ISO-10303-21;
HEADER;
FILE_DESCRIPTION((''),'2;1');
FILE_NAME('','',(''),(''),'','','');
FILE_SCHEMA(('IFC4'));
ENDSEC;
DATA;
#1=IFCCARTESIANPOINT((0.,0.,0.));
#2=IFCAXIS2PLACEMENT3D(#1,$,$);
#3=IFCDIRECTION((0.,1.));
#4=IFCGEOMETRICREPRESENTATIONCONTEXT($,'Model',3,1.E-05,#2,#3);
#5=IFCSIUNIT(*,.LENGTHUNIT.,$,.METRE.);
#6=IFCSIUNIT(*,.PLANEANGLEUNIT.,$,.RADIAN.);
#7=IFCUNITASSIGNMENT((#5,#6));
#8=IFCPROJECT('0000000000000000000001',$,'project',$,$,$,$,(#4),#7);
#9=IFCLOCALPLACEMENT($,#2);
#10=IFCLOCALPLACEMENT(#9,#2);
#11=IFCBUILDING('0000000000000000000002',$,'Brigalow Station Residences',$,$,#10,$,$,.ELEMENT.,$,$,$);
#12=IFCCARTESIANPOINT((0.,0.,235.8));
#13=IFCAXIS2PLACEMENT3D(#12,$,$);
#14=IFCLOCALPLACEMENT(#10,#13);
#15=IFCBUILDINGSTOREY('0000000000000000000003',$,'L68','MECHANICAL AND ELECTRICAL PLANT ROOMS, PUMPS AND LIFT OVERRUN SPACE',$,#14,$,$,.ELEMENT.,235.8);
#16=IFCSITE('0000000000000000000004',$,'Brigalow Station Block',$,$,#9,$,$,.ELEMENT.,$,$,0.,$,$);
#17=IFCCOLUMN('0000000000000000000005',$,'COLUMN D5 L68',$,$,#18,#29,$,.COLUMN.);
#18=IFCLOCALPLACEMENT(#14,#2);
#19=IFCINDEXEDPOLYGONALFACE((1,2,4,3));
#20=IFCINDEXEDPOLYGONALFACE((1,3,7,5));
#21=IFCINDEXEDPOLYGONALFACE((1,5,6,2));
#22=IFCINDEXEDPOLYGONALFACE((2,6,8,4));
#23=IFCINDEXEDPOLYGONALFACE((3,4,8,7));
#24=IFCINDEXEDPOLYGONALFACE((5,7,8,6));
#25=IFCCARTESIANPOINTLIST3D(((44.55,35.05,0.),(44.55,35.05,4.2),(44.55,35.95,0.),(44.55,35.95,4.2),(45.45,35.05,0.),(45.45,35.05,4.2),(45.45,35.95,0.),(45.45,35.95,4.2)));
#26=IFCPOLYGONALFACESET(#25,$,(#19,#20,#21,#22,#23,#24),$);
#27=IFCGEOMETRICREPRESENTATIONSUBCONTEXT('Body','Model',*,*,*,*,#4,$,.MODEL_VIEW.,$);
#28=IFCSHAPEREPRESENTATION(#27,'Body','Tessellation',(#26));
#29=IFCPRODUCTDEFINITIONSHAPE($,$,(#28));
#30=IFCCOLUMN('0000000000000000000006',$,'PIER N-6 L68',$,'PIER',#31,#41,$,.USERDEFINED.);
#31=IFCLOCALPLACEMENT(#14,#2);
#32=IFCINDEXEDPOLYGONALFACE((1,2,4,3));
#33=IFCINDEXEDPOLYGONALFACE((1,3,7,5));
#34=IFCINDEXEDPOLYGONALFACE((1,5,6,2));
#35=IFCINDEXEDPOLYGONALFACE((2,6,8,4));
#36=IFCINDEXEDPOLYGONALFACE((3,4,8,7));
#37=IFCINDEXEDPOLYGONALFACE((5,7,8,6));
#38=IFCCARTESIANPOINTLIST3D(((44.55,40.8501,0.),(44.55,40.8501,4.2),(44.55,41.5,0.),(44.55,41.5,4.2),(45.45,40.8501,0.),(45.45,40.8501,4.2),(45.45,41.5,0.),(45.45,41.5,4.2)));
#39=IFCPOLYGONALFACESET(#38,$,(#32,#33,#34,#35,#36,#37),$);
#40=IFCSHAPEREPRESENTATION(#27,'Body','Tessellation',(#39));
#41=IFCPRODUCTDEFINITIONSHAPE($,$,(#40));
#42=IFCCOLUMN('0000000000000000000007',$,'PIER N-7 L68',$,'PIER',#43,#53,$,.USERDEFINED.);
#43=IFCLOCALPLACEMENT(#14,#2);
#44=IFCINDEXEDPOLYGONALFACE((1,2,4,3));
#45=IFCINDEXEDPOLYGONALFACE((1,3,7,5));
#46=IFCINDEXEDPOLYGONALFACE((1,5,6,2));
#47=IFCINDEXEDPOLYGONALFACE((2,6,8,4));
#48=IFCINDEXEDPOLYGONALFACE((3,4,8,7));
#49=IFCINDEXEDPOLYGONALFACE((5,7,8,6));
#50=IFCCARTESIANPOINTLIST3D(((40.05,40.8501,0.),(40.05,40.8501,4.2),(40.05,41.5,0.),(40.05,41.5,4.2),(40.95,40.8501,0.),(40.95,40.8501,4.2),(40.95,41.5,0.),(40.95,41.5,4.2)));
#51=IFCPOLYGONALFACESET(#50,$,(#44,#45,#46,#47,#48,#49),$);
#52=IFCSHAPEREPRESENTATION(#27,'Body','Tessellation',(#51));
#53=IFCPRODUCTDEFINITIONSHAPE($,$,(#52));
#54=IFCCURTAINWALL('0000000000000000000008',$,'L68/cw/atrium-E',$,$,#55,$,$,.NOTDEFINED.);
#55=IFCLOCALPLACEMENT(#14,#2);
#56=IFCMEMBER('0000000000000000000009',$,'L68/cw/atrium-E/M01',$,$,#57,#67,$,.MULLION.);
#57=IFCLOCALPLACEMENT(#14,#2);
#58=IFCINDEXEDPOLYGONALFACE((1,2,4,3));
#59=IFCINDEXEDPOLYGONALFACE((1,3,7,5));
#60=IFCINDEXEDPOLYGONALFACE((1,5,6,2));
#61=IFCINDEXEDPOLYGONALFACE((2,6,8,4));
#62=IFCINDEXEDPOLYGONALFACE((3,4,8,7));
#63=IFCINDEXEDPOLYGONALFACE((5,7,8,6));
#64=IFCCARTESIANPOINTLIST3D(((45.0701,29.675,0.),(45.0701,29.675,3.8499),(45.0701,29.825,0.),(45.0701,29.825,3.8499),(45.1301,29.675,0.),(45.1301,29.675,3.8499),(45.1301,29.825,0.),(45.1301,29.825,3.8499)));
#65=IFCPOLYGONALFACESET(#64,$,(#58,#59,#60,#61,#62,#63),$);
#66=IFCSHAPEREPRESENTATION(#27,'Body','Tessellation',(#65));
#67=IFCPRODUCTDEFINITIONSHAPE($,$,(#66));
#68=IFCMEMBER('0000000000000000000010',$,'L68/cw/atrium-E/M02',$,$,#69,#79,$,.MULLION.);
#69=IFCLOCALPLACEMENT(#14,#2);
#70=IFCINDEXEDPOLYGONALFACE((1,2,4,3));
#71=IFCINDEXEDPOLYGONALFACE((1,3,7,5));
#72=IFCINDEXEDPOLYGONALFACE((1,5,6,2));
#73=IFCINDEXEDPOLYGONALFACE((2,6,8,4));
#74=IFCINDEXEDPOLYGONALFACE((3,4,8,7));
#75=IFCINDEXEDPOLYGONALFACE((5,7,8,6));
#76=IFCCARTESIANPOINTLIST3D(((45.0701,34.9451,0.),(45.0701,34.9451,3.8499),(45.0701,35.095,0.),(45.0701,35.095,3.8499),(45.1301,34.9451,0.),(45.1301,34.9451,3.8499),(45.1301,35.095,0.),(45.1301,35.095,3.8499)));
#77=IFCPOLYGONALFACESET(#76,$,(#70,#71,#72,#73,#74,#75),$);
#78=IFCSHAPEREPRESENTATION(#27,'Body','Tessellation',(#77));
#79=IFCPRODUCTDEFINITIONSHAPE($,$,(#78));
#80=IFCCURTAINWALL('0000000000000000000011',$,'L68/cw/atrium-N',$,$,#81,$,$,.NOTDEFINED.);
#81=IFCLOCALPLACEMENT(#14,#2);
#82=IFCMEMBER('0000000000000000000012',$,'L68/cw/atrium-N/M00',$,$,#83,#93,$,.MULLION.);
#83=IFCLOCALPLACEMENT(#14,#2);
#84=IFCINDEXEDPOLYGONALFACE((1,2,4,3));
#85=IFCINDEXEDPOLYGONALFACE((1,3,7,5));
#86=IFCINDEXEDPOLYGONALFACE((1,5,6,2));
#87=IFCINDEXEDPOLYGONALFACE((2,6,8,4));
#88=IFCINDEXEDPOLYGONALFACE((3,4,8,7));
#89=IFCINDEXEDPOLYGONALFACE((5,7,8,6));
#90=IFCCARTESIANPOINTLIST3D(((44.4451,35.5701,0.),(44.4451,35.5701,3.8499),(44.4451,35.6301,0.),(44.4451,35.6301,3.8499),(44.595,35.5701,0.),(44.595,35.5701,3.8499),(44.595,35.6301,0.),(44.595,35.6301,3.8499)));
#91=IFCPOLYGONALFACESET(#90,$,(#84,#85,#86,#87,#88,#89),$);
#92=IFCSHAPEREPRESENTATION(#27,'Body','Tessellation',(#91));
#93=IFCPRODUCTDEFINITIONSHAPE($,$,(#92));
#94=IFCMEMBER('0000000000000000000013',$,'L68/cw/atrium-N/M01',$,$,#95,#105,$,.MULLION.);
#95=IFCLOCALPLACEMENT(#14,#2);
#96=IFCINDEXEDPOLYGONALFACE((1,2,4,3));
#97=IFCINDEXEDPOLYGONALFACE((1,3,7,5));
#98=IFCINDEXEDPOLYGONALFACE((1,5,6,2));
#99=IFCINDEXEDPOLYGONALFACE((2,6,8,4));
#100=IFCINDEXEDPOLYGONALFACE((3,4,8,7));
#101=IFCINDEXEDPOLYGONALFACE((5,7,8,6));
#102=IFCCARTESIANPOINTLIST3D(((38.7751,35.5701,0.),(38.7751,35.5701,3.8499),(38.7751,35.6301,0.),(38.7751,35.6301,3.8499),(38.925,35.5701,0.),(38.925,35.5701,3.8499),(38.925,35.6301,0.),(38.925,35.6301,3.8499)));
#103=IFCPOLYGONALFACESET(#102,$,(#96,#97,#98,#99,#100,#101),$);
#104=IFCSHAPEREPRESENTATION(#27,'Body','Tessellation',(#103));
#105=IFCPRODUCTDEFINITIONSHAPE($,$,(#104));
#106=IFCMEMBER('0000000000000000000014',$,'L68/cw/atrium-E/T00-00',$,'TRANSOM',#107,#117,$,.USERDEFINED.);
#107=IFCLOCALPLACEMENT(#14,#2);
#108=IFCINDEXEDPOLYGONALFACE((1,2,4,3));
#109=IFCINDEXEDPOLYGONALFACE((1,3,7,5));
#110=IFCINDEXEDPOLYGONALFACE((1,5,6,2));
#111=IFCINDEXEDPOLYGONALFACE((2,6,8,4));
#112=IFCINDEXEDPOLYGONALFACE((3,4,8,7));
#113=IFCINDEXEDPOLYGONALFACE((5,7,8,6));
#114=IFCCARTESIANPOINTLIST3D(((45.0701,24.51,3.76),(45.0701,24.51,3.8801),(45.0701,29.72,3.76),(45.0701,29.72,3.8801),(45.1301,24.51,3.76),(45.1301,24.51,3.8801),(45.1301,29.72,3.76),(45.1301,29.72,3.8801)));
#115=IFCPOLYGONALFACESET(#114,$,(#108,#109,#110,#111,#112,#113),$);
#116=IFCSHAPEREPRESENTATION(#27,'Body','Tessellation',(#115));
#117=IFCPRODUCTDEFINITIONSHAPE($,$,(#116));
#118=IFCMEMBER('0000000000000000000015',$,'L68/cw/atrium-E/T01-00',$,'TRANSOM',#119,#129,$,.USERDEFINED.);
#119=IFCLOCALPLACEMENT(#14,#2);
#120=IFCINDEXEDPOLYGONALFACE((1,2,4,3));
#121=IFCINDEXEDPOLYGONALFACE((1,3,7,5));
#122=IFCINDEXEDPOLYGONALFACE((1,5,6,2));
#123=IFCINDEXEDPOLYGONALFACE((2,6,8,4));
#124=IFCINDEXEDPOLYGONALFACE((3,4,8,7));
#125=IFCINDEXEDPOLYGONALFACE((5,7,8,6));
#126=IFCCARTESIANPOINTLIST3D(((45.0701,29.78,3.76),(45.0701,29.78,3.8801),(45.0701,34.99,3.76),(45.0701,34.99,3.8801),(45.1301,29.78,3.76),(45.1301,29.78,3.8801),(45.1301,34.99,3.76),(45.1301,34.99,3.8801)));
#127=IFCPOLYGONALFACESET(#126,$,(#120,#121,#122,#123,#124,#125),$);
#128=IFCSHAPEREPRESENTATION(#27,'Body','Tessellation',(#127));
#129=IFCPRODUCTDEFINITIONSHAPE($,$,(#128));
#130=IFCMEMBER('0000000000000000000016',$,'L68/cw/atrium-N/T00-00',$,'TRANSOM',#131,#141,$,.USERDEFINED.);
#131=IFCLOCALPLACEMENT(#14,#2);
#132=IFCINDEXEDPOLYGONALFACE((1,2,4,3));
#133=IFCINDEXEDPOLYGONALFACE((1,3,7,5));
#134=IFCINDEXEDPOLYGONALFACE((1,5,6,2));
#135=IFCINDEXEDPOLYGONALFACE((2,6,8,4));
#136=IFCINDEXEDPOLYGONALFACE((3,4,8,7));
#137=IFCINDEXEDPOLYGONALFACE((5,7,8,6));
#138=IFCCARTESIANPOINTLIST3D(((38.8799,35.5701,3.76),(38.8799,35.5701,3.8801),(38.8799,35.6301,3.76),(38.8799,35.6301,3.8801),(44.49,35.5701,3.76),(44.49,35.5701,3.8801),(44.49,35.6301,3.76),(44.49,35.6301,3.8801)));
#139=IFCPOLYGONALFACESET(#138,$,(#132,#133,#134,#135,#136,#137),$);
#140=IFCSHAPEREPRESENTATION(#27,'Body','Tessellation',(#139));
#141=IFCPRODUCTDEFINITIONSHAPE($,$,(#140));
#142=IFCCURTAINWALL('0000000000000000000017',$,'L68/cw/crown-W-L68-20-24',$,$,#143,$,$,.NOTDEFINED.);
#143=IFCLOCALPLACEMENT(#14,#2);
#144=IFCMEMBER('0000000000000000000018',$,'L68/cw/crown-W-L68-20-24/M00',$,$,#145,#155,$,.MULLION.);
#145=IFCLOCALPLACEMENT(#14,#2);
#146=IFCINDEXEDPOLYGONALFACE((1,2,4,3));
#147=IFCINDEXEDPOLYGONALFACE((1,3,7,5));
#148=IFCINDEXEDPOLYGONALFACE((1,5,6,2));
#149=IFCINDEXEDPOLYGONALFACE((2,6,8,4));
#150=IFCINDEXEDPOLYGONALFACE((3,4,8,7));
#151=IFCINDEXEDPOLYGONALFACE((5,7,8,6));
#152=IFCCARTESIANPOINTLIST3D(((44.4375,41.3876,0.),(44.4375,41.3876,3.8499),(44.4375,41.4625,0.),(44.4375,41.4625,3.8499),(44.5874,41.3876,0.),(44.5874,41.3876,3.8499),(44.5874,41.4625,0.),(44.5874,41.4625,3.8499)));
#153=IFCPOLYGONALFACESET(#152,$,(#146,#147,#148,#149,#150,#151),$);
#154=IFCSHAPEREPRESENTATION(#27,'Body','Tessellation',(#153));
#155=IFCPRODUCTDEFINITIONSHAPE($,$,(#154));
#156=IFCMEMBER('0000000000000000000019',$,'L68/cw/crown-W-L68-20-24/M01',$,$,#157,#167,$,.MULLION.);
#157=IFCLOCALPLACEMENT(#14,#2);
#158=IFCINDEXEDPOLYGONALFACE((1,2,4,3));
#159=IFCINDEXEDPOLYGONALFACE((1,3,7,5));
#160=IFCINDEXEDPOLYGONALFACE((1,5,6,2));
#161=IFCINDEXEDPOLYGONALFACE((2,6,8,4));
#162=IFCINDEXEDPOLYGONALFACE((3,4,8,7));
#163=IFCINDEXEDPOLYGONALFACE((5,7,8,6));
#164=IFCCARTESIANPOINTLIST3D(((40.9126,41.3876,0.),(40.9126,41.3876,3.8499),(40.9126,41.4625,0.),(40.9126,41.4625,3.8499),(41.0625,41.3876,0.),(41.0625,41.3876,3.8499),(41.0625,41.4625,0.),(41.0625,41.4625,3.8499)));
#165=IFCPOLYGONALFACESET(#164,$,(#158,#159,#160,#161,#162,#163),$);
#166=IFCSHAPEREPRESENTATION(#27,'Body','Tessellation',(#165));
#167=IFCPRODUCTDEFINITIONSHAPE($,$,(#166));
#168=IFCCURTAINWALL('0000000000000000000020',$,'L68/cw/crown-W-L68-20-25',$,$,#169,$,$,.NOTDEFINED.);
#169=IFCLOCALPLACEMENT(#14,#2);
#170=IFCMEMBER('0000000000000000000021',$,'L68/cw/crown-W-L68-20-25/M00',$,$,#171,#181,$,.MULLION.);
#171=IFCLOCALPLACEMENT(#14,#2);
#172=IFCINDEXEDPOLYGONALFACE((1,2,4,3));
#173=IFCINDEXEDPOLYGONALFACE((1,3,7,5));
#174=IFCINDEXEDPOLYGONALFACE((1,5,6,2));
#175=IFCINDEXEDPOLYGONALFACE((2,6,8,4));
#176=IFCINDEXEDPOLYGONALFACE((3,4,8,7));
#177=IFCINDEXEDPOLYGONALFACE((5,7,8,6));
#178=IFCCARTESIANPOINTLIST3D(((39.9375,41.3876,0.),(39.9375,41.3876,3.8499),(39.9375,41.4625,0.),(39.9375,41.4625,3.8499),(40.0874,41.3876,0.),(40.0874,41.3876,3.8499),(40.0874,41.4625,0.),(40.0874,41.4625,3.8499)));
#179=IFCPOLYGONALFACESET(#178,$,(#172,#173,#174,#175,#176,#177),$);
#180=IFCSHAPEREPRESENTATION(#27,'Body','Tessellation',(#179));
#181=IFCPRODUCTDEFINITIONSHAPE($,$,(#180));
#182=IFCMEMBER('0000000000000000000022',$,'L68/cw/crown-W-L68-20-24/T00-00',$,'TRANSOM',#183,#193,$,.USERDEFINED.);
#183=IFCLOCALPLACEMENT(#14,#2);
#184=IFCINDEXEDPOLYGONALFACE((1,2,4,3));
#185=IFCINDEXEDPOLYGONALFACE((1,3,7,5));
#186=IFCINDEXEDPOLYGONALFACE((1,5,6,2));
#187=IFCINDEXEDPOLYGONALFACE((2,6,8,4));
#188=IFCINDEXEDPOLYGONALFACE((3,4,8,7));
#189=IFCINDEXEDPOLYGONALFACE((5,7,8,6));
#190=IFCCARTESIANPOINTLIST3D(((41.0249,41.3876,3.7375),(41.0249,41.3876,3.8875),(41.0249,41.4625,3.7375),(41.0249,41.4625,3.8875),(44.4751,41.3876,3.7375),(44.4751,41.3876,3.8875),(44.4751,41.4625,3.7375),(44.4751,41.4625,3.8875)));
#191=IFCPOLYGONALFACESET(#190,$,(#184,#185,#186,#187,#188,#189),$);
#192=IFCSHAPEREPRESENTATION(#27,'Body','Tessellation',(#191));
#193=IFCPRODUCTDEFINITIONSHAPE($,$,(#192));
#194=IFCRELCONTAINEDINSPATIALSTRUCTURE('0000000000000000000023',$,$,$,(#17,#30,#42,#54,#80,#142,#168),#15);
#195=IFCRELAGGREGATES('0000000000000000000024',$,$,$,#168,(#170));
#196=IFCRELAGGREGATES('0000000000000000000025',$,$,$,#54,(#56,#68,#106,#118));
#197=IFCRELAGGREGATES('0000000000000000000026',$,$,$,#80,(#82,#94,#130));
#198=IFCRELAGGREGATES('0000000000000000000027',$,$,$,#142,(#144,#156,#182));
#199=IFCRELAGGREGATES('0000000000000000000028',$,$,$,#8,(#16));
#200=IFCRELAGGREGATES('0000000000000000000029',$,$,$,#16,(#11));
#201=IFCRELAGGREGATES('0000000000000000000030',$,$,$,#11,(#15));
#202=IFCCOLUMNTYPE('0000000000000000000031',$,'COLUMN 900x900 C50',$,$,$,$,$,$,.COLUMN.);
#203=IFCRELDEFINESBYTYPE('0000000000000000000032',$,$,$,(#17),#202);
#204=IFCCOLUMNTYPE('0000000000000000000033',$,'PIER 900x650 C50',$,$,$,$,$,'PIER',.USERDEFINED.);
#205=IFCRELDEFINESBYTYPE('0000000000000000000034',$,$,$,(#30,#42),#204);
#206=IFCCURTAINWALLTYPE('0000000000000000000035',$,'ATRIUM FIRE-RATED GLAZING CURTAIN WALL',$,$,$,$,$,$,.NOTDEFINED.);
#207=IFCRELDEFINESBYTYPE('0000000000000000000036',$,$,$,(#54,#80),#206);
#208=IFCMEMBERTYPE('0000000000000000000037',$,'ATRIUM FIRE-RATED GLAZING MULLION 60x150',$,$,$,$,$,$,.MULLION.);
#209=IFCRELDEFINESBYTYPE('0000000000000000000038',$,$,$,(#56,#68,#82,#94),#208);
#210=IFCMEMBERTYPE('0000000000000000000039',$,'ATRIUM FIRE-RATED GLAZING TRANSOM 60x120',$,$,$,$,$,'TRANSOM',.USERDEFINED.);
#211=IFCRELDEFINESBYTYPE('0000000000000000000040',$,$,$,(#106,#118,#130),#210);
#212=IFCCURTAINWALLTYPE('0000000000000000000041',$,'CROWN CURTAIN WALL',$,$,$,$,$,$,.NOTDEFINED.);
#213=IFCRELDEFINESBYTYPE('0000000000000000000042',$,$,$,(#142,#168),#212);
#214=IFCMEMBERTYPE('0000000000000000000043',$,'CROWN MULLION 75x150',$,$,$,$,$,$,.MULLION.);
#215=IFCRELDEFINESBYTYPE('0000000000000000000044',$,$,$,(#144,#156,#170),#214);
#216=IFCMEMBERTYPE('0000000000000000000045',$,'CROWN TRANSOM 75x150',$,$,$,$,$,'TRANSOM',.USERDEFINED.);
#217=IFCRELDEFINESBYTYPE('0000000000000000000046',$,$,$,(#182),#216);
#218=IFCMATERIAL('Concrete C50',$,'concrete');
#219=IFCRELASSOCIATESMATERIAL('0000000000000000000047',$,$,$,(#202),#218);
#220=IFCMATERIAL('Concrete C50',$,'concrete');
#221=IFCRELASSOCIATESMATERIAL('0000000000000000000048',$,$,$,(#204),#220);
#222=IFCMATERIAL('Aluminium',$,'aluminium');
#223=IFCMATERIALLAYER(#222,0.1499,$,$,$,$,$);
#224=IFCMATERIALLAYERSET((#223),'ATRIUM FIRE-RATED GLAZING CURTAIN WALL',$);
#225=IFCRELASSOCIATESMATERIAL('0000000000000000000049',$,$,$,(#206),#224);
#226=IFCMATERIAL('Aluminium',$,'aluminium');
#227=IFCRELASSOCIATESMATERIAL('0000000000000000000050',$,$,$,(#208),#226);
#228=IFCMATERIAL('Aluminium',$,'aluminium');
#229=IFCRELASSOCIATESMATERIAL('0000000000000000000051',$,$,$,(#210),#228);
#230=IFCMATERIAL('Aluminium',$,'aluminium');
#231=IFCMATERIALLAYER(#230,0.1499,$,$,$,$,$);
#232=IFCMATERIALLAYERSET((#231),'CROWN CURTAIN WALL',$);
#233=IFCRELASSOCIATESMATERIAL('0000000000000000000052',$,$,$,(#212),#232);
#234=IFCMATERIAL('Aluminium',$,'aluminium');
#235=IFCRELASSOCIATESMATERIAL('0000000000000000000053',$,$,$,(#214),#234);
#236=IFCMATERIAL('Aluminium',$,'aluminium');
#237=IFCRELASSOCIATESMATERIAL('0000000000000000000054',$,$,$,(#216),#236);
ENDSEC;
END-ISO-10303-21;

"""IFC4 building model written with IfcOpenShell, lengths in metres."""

from ifc_helpers import new_model, si_unit, direction, frame, origin, origin_2d, place, context, subcontext, project, spatial, rectangle, extrude, material, layer, layer_set, material_profile, profile_set, type_object, element, aggregate, save


model = new_model("IFC4")

# Units and contexts
model_context = context("Model", 3, precision=1e-05, world=origin(), true_north=direction((0.0, 1.0)))
body_context = subcontext(model_context, "Body", "Model", "MODEL_VIEW")
ifc_project = project(units=[si_unit("LENGTHUNIT", "METRE"), si_unit("PLANEANGLEUNIT", "RADIAN")], contexts=[model_context])

# Site, building, storey
site_placement = place(None, origin())
site = spatial("IfcSite", under=ifc_project, at=site_placement, Name="Brigalow Station Block", CompositionType="ELEMENT", RefElevation=0.0)
building_placement = place(site_placement, origin())
building = spatial("IfcBuilding", under=site, at=building_placement, Name="Brigalow Station Residences", CompositionType="ELEMENT")
storey_placement = place(building_placement, frame((0.0, 0.0, 235.8)))
storey = spatial("IfcBuildingStorey", under=building, at=storey_placement, Name="L68", Description="MECHANICAL AND ELECTRICAL PLANT ROOMS, PUMPS AND LIFT OVERRUN SPACE", CompositionType="ELEMENT", Elevation=235.8)

# Columns
ifc_material_1 = material(Name="Concrete C50", Category="concrete")
ifc_material_profile_1 = material_profile(ifc_material_1, rectangle(XDim=0.8999, YDim=0.8999, at=origin_2d()), Name="RC900x900")
ifc_profile_set_1 = profile_set([ifc_material_profile_1], Name="Concrete C50")
column_type_1 = type_object("IfcColumnType", Name="COLUMN 900x900 C50", PredefinedType="COLUMN", material=ifc_profile_set_1)
column_placement = place(storey_placement, frame((45.0, 35.5, 0.0), z_axis=(0.0, 0.0, 1.0), x_axis=(1.0, 0.0, 0.0)))
element("IfcColumn", 1, at=column_placement, inside=storey, type_object=column_type_1, Name="COLUMN D5 L68", PredefinedType="COLUMN", context=body_context, shape_type="SweptSolid", body=[
    extrude(rectangle(XDim=0.8999, YDim=0.8999, at=origin_2d()), origin(), (0.0, 0.0, 1.0), 4.2),
])
ifc_material_2 = material(Name="Concrete C50", Category="concrete")
ifc_material_profile_2 = material_profile(ifc_material_2, rectangle(XDim=0.8999, YDim=0.6499, at=origin_2d()), Name="RC900x650")
ifc_profile_set_2 = profile_set([ifc_material_profile_2], Name="Concrete C50")
column_type_2 = type_object("IfcColumnType", Name="PIER 900x650 C50", ElementType="PIER", PredefinedType="USERDEFINED", material=ifc_profile_set_2)
for number, where, z_axis, x_axis, name in (
    (2, (45.0, 41.175, 0.0), (0.0, 0.0, 1.0), (-1.0, 0.0, 0.0), "PIER N-6 L68"),
    (3, (40.5, 41.175, 0.0), (0.0, 0.0, 1.0), (-1.0, 0.0, 0.0), "PIER N-7 L68"),
):
    element("IfcColumn", number, at=place(storey_placement, frame(where, z_axis=z_axis, x_axis=x_axis)), inside=storey, type_object=column_type_2, Name=name, ObjectType="PIER", PredefinedType="USERDEFINED", context=body_context, shape_type="SweptSolid", body=[
        extrude(rectangle(XDim=0.8999, YDim=0.6499, at=origin_2d()), origin(), (0.0, 0.0, 1.0), 4.2),
    ])

# Curtain walls, members
ifc_material_3 = material(Name="Aluminium", Category="aluminium")
ifc_layer_1 = layer(ifc_material_3, 0.1499)
ifc_layer_set_1 = layer_set([ifc_layer_1], Name="ATRIUM FIRE-RATED GLAZING CURTAIN WALL")
curtain_wall_type_1 = type_object("IfcCurtainWallType", Name="ATRIUM FIRE-RATED GLAZING CURTAIN WALL", PredefinedType="NOTDEFINED", material=ifc_layer_set_1)
curtain_wall_1_placement = place(storey_placement, origin())
curtain_wall_1 = element("IfcCurtainWall", 4, at=curtain_wall_1_placement, inside=storey, type_object=curtain_wall_type_1, Name="L68/cw/atrium-E", PredefinedType="NOTDEFINED")
ifc_material_4 = material(Name="Aluminium", Category="aluminium")
ifc_material_profile_3 = material_profile(ifc_material_4, rectangle(XDim=0.0601, YDim=0.1499, at=origin_2d()), Name="ATRIUM FIRE-RATED GLAZING MULLION 60x150")
ifc_profile_set_3 = profile_set([ifc_material_profile_3], Name="Aluminium")
member_type_1 = type_object("IfcMemberType", Name="ATRIUM FIRE-RATED GLAZING MULLION 60x150", PredefinedType="MULLION", material=ifc_profile_set_3)
member_1_placement = place(storey_placement, frame((45.1001, 29.75, 0.0), z_axis=(0.0, 0.0, 1.0), x_axis=(-1.0, 0.0, 0.0)))
member_1 = element("IfcMember", 5, at=member_1_placement, type_object=member_type_1, Name="L68/cw/atrium-E/M01", PredefinedType="MULLION", context=body_context, shape_type="SweptSolid", body=[
    extrude(rectangle(XDim=0.0601, YDim=0.1499, at=origin_2d()), origin(), (0.0, 0.0, 1.0), 3.8499),
])
member_2_placement = place(storey_placement, frame((45.1001, 35.02, 0.0), z_axis=(0.0, 0.0, 1.0), x_axis=(-1.0, 0.0, 0.0)))
member_2 = element("IfcMember", 6, at=member_2_placement, type_object=member_type_1, Name="L68/cw/atrium-E/M02", PredefinedType="MULLION", context=body_context, shape_type="SweptSolid", body=[
    extrude(rectangle(XDim=0.0601, YDim=0.1499, at=origin_2d()), origin(), (0.0, 0.0, 1.0), 3.8499),
])
curtain_wall_2_placement = place(storey_placement, origin())
curtain_wall_2 = element("IfcCurtainWall", 7, at=curtain_wall_2_placement, inside=storey, type_object=curtain_wall_type_1, Name="L68/cw/atrium-N", PredefinedType="NOTDEFINED")
member_3_placement = place(storey_placement, frame((44.52, 35.6001, 0.0), z_axis=(0.0, 0.0, 1.0), x_axis=(0.0, -1.0, 0.0)))
member_3 = element("IfcMember", 8, at=member_3_placement, type_object=member_type_1, Name="L68/cw/atrium-N/M00", PredefinedType="MULLION", context=body_context, shape_type="SweptSolid", body=[
    extrude(rectangle(XDim=0.0601, YDim=0.1499, at=origin_2d()), origin(), (0.0, 0.0, 1.0), 3.8499),
])
member_4_placement = place(storey_placement, frame((38.8501, 35.6001, 0.0), z_axis=(0.0, 0.0, 1.0), x_axis=(0.0, -1.0, 0.0)))
member_4 = element("IfcMember", 9, at=member_4_placement, type_object=member_type_1, Name="L68/cw/atrium-N/M01", PredefinedType="MULLION", context=body_context, shape_type="SweptSolid", body=[
    extrude(rectangle(XDim=0.0601, YDim=0.1499, at=origin_2d()), origin(), (0.0, 0.0, 1.0), 3.8499),
])

# Members
ifc_material_5 = material(Name="Aluminium", Category="aluminium")
ifc_material_profile_4 = material_profile(ifc_material_5, rectangle(XDim=0.0601, YDim=0.1201, at=origin_2d()), Name="ATRIUM FIRE-RATED GLAZING TRANSOM 60x120")
ifc_profile_set_4 = profile_set([ifc_material_profile_4], Name="Aluminium")
member_type_2 = type_object("IfcMemberType", Name="ATRIUM FIRE-RATED GLAZING TRANSOM 60x120", ElementType="TRANSOM", PredefinedType="USERDEFINED", material=ifc_profile_set_4)
member_5_placement = place(storey_placement, frame((45.1001, 24.51, 3.8201), z_axis=(0.0, 1.0, 0.0), x_axis=(-1.0, 0.0, 0.0)))
member_5 = element("IfcMember", 10, at=member_5_placement, type_object=member_type_2, Name="L68/cw/atrium-E/T00-00", ObjectType="TRANSOM", PredefinedType="USERDEFINED", context=body_context, shape_type="SweptSolid", body=[
    extrude(rectangle(XDim=0.0601, YDim=0.1201, at=origin_2d()), origin(), (0.0, 0.0, 1.0), 5.21),
])
member_6_placement = place(storey_placement, frame((45.1001, 29.78, 3.8201), z_axis=(0.0, 1.0, 0.0), x_axis=(-1.0, 0.0, 0.0)))
member_6 = element("IfcMember", 11, at=member_6_placement, type_object=member_type_2, Name="L68/cw/atrium-E/T01-00", ObjectType="TRANSOM", PredefinedType="USERDEFINED", context=body_context, shape_type="SweptSolid", body=[
    extrude(rectangle(XDim=0.0601, YDim=0.1201, at=origin_2d()), origin(), (0.0, 0.0, 1.0), 5.21),
])
member_7_placement = place(storey_placement, frame((44.49, 35.6001, 3.8201), z_axis=(-1.0, 0.0, 0.0), x_axis=(0.0, -1.0, 0.0)))
member_7 = element("IfcMember", 12, at=member_7_placement, type_object=member_type_2, Name="L68/cw/atrium-N/T00-00", ObjectType="TRANSOM", PredefinedType="USERDEFINED", context=body_context, shape_type="SweptSolid", body=[
    extrude(rectangle(XDim=0.0601, YDim=0.1201, at=origin_2d()), origin(), (0.0, 0.0, 1.0), 5.6101),
])

# Curtain wall, members
ifc_material_6 = material(Name="Aluminium", Category="aluminium")
ifc_layer_2 = layer(ifc_material_6, 0.1499)
ifc_layer_set_2 = layer_set([ifc_layer_2], Name="CROWN CURTAIN WALL")
curtain_wall_type_2 = type_object("IfcCurtainWallType", Name="CROWN CURTAIN WALL", PredefinedType="NOTDEFINED", material=ifc_layer_set_2)
curtain_wall_3_placement = place(storey_placement, origin())
curtain_wall_3 = element("IfcCurtainWall", 13, at=curtain_wall_3_placement, inside=storey, type_object=curtain_wall_type_2, Name="L68/cw/crown-W-L68-20-24", PredefinedType="NOTDEFINED")
ifc_material_7 = material(Name="Aluminium", Category="aluminium")
ifc_material_profile_5 = material_profile(ifc_material_7, rectangle(XDim=0.075, YDim=0.1499, at=origin_2d()), Name="CROWN MULLION 75x150")
ifc_profile_set_5 = profile_set([ifc_material_profile_5], Name="Aluminium")
member_type_3 = type_object("IfcMemberType", Name="CROWN MULLION 75x150", PredefinedType="MULLION", material=ifc_profile_set_5)
member_8_placement = place(storey_placement, frame((44.5125, 41.425, 0.0), z_axis=(0.0, 0.0, 1.0), x_axis=(0.0, -1.0, 0.0)))
member_8 = element("IfcMember", 14, at=member_8_placement, type_object=member_type_3, Name="L68/cw/crown-W-L68-20-24/M00", PredefinedType="MULLION", context=body_context, shape_type="SweptSolid", body=[
    extrude(rectangle(XDim=0.075, YDim=0.1499, at=origin_2d()), origin(), (0.0, 0.0, 1.0), 3.8499),
])
member_9_placement = place(storey_placement, frame((40.9875, 41.425, 0.0), z_axis=(0.0, 0.0, 1.0), x_axis=(0.0, -1.0, 0.0)))
member_9 = element("IfcMember", 15, at=member_9_placement, type_object=member_type_3, Name="L68/cw/crown-W-L68-20-24/M01", PredefinedType="MULLION", context=body_context, shape_type="SweptSolid", body=[
    extrude(rectangle(XDim=0.075, YDim=0.1499, at=origin_2d()), origin(), (0.0, 0.0, 1.0), 3.8499),
])

# Curtain wall, member
curtain_wall_4_placement = place(storey_placement, origin())
curtain_wall_4 = element("IfcCurtainWall", 16, at=curtain_wall_4_placement, inside=storey, type_object=curtain_wall_type_2, Name="L68/cw/crown-W-L68-20-25", PredefinedType="NOTDEFINED")
member_10_placement = place(storey_placement, frame((40.0125, 41.425, 0.0), z_axis=(0.0, 0.0, 1.0), x_axis=(0.0, -1.0, 0.0)))
member_10 = element("IfcMember", 17, at=member_10_placement, type_object=member_type_3, Name="L68/cw/crown-W-L68-20-25/M00", PredefinedType="MULLION", context=body_context, shape_type="SweptSolid", body=[
    extrude(rectangle(XDim=0.075, YDim=0.1499, at=origin_2d()), origin(), (0.0, 0.0, 1.0), 3.8499),
])

# Member
ifc_material_8 = material(Name="Aluminium", Category="aluminium")
ifc_material_profile_6 = material_profile(ifc_material_8, rectangle(XDim=0.075, YDim=0.1499, at=origin_2d()), Name="CROWN TRANSOM 75x150")
ifc_profile_set_6 = profile_set([ifc_material_profile_6], Name="Aluminium")
member_type_4 = type_object("IfcMemberType", Name="CROWN TRANSOM 75x150", ElementType="TRANSOM", PredefinedType="USERDEFINED", material=ifc_profile_set_6)
member_11_placement = place(storey_placement, frame((44.4751, 41.425, 3.8125), z_axis=(-1.0, 0.0, 0.0), x_axis=(0.0, -1.0, 0.0)))
member_11 = element("IfcMember", 18, at=member_11_placement, type_object=member_type_4, Name="L68/cw/crown-W-L68-20-24/T00-00", ObjectType="TRANSOM", PredefinedType="USERDEFINED", context=body_context, shape_type="SweptSolid", body=[
    extrude(rectangle(XDim=0.075, YDim=0.1499, at=origin_2d()), origin(), (0.0, 0.0, 1.0), 3.4502),
])
aggregate(curtain_wall_4, [member_10])

aggregate(curtain_wall_1, [member_1, member_2, member_5, member_6])
aggregate(curtain_wall_2, [member_3, member_4, member_7])

aggregate(curtain_wall_3, [member_8, member_9, member_11])

save(model, "model.ifc")
